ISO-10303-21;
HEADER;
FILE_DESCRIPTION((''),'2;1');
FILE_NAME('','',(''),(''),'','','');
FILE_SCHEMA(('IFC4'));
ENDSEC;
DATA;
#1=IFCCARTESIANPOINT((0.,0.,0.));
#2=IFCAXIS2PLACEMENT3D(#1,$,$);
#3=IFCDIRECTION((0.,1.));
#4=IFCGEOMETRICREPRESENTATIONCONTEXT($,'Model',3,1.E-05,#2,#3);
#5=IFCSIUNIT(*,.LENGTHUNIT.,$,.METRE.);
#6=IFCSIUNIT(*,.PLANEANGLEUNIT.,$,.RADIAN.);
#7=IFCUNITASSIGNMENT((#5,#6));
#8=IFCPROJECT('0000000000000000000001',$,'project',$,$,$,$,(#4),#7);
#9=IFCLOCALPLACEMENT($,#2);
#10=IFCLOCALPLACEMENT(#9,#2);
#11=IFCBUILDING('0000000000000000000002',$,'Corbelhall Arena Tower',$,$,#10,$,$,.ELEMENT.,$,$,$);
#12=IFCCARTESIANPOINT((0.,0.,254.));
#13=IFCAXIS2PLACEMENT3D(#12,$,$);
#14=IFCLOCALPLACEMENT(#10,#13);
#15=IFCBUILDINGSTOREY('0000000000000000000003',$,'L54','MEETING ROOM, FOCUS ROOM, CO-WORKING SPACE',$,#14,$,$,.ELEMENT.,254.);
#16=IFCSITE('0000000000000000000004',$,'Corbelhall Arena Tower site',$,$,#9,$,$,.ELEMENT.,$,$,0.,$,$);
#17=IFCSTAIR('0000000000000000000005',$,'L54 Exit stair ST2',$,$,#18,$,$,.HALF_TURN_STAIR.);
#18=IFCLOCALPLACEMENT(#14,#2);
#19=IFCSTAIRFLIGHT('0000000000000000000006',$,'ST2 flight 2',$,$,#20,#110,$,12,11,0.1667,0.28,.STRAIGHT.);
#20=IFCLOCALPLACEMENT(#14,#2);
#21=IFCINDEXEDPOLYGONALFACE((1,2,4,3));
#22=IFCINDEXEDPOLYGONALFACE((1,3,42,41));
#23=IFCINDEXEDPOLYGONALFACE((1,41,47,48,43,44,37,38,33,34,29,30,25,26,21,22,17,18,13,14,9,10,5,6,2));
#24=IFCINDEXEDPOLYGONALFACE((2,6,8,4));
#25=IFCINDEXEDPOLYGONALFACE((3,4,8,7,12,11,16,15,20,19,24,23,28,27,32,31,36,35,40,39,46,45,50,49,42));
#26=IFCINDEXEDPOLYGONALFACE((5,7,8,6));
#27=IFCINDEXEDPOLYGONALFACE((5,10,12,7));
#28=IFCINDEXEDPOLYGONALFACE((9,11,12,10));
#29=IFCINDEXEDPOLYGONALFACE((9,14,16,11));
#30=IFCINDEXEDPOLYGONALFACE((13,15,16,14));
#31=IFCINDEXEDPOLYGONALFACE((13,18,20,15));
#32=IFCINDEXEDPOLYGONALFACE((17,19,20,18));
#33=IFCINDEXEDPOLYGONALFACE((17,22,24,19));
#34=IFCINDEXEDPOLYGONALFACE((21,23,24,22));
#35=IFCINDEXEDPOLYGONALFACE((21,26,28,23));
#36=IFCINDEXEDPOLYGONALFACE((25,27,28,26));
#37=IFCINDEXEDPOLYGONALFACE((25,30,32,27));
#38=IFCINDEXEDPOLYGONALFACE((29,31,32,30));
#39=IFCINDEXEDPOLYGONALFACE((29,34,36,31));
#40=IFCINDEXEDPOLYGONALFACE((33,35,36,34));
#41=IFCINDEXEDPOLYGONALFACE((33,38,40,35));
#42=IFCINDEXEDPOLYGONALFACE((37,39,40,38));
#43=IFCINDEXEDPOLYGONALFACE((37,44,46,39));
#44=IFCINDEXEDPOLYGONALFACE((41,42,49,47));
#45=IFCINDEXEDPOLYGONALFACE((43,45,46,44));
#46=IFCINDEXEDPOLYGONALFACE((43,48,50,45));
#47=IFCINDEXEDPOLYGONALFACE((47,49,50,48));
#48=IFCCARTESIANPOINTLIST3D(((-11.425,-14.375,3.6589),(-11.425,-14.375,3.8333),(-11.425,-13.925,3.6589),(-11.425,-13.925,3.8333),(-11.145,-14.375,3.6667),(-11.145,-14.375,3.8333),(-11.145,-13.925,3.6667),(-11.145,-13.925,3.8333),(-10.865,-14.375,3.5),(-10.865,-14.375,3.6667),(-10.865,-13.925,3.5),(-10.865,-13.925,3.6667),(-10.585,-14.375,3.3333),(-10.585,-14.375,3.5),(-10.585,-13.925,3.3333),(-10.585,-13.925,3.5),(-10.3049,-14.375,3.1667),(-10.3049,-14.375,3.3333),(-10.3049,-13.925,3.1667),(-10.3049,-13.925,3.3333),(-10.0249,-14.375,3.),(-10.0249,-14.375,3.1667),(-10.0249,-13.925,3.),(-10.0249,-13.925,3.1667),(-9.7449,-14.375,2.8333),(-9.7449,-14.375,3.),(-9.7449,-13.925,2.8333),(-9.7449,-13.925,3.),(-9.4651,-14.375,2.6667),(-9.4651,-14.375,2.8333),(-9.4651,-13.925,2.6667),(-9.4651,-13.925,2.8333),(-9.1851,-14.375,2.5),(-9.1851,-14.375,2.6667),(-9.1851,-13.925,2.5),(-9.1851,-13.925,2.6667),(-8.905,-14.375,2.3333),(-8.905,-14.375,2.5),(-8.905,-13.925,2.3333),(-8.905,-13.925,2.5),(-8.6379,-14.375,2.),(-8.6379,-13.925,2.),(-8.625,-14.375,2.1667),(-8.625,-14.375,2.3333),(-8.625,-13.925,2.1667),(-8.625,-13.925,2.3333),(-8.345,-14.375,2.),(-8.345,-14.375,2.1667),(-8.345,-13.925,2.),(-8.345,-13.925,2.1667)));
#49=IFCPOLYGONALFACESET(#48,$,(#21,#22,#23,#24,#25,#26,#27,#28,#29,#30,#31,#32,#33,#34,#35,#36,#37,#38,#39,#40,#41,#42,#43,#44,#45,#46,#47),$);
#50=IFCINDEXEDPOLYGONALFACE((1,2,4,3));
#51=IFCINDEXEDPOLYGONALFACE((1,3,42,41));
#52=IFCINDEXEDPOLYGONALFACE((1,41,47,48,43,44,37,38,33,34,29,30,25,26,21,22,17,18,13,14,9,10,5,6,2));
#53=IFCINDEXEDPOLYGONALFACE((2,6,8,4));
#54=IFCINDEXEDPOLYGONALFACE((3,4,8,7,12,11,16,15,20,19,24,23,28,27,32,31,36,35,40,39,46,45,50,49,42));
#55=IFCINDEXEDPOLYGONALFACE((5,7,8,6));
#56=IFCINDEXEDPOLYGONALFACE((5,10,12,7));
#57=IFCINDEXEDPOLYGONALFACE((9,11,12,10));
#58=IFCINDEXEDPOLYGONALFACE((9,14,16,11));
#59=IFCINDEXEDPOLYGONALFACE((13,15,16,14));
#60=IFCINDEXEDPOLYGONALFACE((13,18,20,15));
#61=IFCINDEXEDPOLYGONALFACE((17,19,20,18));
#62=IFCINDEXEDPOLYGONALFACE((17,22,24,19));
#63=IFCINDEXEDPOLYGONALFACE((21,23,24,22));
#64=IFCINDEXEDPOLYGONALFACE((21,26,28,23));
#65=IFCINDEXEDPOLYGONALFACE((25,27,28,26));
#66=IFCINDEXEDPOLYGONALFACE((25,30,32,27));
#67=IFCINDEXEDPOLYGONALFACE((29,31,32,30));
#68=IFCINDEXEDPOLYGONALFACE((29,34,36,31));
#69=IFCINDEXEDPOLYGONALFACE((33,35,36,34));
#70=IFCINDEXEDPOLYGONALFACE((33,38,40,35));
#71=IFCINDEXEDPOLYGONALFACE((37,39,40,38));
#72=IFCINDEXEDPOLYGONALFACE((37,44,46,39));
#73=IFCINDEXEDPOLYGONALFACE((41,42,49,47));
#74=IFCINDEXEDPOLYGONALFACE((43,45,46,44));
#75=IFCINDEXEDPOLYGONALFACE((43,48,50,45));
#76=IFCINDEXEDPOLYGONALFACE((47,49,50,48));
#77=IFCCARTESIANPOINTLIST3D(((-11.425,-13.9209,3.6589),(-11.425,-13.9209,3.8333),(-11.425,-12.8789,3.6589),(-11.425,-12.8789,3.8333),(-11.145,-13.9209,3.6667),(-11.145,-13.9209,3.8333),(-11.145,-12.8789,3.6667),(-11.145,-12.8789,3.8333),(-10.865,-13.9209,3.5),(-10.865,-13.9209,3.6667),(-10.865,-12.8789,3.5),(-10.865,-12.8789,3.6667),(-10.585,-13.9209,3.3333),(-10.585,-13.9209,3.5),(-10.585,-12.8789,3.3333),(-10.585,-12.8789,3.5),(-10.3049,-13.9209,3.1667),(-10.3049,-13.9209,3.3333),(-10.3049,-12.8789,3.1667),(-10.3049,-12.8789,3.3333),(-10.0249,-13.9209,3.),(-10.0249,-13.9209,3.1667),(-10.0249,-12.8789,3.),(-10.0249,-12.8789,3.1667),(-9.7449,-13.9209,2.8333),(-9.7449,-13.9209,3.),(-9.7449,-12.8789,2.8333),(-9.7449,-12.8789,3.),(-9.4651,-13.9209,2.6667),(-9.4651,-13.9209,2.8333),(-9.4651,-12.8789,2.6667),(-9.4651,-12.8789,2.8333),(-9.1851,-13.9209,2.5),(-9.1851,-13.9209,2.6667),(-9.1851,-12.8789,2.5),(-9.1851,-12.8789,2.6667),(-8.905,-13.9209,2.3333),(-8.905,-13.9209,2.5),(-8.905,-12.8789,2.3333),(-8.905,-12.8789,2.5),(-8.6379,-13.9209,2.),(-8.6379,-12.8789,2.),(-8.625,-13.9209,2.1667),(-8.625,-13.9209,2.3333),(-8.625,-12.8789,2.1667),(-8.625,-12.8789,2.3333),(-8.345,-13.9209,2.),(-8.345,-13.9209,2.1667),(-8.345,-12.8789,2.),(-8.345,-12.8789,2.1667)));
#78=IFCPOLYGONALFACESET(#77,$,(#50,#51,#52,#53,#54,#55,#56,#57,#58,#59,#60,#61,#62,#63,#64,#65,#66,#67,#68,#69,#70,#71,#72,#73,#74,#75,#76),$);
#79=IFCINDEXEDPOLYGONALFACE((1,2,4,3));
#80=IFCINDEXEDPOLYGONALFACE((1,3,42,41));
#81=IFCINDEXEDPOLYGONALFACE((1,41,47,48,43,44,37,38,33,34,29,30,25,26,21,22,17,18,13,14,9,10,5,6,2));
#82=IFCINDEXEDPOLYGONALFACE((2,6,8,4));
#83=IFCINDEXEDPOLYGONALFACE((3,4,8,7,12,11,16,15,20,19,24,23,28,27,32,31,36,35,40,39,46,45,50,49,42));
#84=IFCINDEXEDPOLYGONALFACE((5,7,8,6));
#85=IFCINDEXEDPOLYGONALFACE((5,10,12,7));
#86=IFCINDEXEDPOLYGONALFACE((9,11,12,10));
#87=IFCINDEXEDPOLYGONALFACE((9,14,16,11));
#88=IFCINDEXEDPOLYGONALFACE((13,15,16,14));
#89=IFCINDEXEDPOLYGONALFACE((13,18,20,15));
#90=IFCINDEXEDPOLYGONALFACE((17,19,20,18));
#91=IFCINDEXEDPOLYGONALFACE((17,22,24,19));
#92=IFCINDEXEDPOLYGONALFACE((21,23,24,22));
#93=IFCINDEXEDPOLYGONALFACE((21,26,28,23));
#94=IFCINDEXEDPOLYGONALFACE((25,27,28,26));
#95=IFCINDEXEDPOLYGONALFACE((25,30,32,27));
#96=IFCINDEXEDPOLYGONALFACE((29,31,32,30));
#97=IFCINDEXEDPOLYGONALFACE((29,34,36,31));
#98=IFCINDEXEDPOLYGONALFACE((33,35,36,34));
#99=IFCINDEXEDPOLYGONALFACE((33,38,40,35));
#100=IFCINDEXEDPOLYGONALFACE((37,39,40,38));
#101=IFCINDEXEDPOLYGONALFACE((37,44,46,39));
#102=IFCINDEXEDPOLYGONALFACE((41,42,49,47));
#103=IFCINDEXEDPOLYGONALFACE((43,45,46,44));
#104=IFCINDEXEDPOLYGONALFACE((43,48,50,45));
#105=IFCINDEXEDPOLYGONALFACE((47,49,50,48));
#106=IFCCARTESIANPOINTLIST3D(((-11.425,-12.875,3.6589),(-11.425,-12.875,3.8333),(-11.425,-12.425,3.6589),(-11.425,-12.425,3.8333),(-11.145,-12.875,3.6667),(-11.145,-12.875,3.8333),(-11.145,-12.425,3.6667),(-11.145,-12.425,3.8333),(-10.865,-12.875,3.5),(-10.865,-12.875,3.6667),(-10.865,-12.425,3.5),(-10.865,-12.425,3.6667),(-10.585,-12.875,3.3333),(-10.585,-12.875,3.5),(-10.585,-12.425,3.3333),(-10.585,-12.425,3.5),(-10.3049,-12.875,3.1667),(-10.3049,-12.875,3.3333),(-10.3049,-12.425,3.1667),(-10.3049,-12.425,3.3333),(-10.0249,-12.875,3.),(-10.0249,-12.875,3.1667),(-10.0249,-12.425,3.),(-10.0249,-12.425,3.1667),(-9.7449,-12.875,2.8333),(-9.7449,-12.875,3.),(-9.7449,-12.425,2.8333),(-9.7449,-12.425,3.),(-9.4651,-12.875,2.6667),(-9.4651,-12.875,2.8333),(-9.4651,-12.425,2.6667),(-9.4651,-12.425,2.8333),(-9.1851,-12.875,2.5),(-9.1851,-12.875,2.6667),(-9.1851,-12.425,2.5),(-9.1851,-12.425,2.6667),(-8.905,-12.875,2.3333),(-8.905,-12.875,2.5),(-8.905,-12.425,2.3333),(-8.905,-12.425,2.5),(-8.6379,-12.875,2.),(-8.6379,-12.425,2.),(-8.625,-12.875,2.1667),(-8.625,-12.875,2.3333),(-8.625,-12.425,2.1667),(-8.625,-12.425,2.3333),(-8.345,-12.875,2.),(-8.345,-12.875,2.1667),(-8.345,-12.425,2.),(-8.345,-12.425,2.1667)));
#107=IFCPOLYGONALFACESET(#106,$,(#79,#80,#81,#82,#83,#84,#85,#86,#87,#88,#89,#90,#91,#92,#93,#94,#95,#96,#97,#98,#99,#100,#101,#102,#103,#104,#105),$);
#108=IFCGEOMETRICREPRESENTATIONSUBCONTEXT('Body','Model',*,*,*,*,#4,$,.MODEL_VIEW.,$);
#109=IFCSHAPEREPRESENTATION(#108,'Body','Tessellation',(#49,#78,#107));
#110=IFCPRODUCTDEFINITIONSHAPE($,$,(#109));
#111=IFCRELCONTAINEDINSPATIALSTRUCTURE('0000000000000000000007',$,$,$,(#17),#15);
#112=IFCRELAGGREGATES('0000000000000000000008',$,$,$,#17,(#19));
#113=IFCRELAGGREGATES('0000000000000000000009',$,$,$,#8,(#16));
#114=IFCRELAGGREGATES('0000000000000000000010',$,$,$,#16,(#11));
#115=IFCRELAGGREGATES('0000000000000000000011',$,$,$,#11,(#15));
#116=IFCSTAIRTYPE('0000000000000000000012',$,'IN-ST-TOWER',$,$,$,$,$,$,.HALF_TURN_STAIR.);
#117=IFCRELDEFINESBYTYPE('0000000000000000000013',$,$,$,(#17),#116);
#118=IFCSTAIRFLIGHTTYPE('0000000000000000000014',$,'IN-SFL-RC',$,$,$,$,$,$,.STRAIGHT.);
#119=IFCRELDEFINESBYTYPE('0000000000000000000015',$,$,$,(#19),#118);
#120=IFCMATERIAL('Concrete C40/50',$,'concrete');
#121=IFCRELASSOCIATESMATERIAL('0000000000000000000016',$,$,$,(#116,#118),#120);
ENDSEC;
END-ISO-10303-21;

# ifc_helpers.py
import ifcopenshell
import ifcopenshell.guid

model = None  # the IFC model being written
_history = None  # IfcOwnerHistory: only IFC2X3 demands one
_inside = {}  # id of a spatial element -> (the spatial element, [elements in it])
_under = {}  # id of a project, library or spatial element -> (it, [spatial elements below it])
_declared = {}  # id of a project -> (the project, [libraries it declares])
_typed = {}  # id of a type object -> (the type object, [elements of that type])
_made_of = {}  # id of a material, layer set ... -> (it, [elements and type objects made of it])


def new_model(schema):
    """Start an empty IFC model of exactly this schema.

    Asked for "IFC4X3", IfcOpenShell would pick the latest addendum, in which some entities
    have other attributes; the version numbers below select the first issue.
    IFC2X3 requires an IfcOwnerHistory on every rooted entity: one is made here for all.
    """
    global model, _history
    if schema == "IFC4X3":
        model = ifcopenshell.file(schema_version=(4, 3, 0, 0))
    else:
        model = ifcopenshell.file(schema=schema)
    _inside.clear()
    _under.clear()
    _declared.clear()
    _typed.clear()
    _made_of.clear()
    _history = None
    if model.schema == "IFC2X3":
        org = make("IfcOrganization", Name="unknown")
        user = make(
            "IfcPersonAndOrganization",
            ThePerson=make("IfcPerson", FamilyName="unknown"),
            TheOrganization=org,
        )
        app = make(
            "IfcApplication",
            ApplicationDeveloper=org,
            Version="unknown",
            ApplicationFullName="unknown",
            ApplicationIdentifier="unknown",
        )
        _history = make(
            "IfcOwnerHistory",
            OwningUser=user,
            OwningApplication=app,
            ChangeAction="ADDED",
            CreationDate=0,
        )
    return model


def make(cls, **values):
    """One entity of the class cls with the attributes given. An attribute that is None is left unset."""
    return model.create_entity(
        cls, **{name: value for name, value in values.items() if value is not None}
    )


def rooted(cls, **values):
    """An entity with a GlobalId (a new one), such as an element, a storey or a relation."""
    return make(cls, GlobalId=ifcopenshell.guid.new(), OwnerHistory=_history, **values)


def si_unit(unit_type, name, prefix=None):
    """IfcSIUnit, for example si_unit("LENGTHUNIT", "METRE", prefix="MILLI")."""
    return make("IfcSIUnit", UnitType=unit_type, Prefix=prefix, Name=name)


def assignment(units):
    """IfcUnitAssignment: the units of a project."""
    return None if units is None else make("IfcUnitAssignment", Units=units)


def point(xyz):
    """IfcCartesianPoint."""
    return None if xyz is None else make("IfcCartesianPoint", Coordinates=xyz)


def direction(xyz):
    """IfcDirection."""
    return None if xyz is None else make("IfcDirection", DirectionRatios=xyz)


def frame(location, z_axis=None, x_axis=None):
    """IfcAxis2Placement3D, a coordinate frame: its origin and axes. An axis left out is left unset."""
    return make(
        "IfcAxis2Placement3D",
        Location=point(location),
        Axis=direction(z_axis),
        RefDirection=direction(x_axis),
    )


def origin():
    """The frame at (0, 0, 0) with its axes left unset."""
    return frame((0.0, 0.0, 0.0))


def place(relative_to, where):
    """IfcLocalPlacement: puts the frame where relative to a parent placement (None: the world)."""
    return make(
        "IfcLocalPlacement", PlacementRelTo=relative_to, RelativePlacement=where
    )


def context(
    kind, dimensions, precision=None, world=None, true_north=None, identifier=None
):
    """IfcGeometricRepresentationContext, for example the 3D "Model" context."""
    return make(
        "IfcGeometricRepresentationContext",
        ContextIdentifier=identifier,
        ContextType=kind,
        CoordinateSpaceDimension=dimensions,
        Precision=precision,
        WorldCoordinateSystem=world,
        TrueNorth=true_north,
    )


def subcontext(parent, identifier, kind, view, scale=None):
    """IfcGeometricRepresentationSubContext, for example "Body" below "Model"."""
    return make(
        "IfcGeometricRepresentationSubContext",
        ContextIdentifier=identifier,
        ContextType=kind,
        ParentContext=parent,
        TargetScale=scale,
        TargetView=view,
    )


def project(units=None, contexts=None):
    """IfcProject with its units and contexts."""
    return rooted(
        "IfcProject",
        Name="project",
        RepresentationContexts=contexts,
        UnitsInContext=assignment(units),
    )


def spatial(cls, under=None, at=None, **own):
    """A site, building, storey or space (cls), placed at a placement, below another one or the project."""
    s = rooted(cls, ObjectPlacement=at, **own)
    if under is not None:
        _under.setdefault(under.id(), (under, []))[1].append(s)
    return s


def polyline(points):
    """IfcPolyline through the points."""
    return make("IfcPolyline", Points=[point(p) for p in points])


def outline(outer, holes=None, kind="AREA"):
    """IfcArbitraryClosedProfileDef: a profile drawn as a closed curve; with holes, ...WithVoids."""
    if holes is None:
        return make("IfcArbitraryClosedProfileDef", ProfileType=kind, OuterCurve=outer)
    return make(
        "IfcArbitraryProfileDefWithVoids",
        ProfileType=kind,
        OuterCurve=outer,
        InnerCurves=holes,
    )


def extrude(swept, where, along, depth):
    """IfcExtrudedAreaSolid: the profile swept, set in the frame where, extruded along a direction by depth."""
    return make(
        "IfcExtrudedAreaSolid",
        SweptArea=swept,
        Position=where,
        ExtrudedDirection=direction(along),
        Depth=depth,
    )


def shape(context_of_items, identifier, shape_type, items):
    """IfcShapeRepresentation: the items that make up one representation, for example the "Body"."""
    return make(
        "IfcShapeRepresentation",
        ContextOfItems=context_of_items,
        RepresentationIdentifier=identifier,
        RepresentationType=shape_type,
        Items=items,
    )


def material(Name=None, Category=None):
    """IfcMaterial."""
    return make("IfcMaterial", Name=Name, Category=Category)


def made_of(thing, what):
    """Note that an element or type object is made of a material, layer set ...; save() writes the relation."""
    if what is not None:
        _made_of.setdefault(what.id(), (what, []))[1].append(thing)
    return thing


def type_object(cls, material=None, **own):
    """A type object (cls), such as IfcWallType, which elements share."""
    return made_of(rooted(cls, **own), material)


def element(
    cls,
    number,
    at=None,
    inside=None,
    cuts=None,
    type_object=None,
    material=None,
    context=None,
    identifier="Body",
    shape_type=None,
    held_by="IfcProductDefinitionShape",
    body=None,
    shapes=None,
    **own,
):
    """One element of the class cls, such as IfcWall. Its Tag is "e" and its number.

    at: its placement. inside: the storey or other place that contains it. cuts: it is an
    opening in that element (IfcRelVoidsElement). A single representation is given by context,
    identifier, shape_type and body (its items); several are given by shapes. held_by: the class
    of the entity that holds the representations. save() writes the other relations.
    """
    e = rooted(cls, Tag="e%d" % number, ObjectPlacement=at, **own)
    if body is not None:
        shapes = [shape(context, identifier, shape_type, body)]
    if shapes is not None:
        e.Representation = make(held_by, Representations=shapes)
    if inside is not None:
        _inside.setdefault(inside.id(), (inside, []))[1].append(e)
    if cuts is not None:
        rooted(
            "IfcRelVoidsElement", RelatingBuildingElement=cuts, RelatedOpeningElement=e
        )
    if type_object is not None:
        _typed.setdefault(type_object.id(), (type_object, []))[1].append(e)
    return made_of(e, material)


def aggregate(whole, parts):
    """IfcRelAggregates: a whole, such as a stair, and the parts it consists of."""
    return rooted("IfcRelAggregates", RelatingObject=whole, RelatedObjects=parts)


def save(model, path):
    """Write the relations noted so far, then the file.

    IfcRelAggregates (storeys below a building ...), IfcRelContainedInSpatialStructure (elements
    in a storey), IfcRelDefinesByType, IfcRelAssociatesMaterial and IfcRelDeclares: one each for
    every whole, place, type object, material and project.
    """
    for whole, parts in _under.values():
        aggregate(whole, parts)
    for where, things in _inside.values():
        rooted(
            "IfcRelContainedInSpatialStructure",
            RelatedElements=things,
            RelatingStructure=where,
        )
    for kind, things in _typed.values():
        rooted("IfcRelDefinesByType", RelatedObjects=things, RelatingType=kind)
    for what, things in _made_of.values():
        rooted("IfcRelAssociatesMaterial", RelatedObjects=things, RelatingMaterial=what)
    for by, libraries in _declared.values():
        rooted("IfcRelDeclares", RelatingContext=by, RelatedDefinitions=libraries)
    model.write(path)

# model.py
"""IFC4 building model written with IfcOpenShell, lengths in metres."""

from ifc_helpers import new_model, si_unit, direction, frame, origin, place, context, subcontext, project, spatial, polyline, outline, extrude, material, type_object, element, aggregate, save


model = new_model("IFC4")

# Units and contexts
model_context = context("Model", 3, precision=1e-05, world=origin(), true_north=direction((0.0, 1.0)))
body_context = subcontext(model_context, "Body", "Model", "MODEL_VIEW")
ifc_project = project(units=[si_unit("LENGTHUNIT", "METRE"), si_unit("PLANEANGLEUNIT", "RADIAN")], contexts=[model_context])

# Site, building, storey
site_placement = place(None, origin())
site = spatial("IfcSite", under=ifc_project, at=site_placement, Name="Corbelhall Arena Tower site", CompositionType="ELEMENT", RefElevation=0.0)
building_placement = place(site_placement, origin())
building = spatial("IfcBuilding", under=site, at=building_placement, Name="Corbelhall Arena Tower", CompositionType="ELEMENT")
storey_placement = place(building_placement, frame((0.0, 0.0, 254.0)))
storey = spatial("IfcBuildingStorey", under=building, at=storey_placement, Name="L54", Description="MEETING ROOM, FOCUS ROOM, CO-WORKING SPACE", CompositionType="ELEMENT", Elevation=254.0)

# Shared definitions
ifc_material_1 = material(Name="Concrete C40/50", Category="concrete")

# Stair, stair flight
stair_type = type_object("IfcStairType", Name="IN-ST-TOWER", PredefinedType="HALF_TURN_STAIR", material=ifc_material_1)
stair_placement = place(storey_placement, origin())
stair = element("IfcStair", 1, at=stair_placement, inside=storey, type_object=stair_type, Name="L54 Exit stair ST2", PredefinedType="HALF_TURN_STAIR")
stair_flight_type = type_object("IfcStairFlightType", Name="IN-SFL-RC", PredefinedType="STRAIGHT", material=ifc_material_1)
stair_flight_1_placement = place(storey_placement, frame((-8.345, -13.3999, 2.0), z_axis=(0.0, 0.0, 1.0), x_axis=(-1.0, 0.0, 0.0)))
stair_flight_1 = element("IfcStairFlight", 2, at=stair_flight_1_placement, type_object=stair_flight_type, Name="ST2 flight 2", NumberOfRisers=12, NumberOfTreads=11, PredefinedType="STRAIGHT", RiserHeight=0.1667, TreadLength=0.28, context=body_context, shape_type="SweptSolid", body=[
    extrude(outline(polyline([(0.0, 0.0), (0.0, 0.1667), (0.28, 0.1667), (0.28, 0.3333), (0.5601, 0.3333), (0.5601, 0.5), (0.8401, 0.5), (0.8401, 0.6667), (1.1201, 0.6667), (1.1201, 0.8333), (1.3999, 0.8333), (1.3999, 1.0), (1.6799, 1.0), (1.6799, 1.1667), (1.96, 1.1667), (1.96, 1.3333), (2.24, 1.3333), (2.24, 1.5), (2.52, 1.5), (2.52, 1.6667), (2.8, 1.6667), (2.8, 1.8333), (3.0801, 1.8333), (3.0801, 2.0), (3.0801, 1.6589), (0.293, 0.0), (0.0, 0.0)])), frame((0.0, 0.9751, 0.0), z_axis=(0.0, -1.0, 0.0), x_axis=(1.0, 0.0, 0.0)), (0.0, 0.0, 1.0), 0.45),
    extrude(outline(polyline([(0.0, 0.0), (0.0, 0.1667), (0.28, 0.1667), (0.28, 0.3333), (0.5601, 0.3333), (0.5601, 0.5), (0.8401, 0.5), (0.8401, 0.6667), (1.1201, 0.6667), (1.1201, 0.8333), (1.3999, 0.8333), (1.3999, 1.0), (1.6799, 1.0), (1.6799, 1.1667), (1.96, 1.1667), (1.96, 1.3333), (2.24, 1.3333), (2.24, 1.5), (2.52, 1.5), (2.52, 1.6667), (2.8, 1.6667), (2.8, 1.8333), (3.0801, 1.8333), (3.0801, 2.0), (3.0801, 1.6589), (0.293, 0.0), (0.0, 0.0)])), frame((0.0, 0.521, 0.0), z_axis=(0.0, -1.0, 0.0), x_axis=(1.0, 0.0, 0.0)), (0.0, 0.0, 1.0), 1.042),
    extrude(outline(polyline([(0.0, 0.0), (0.0, 0.1667), (0.28, 0.1667), (0.28, 0.3333), (0.5601, 0.3333), (0.5601, 0.5), (0.8401, 0.5), (0.8401, 0.6667), (1.1201, 0.6667), (1.1201, 0.8333), (1.3999, 0.8333), (1.3999, 1.0), (1.6799, 1.0), (1.6799, 1.1667), (1.96, 1.1667), (1.96, 1.3333), (2.24, 1.3333), (2.24, 1.5), (2.52, 1.5), (2.52, 1.6667), (2.8, 1.6667), (2.8, 1.8333), (3.0801, 1.8333), (3.0801, 2.0), (3.0801, 1.6589), (0.293, 0.0), (0.0, 0.0)])), frame((0.0, -0.5249, 0.0), z_axis=(0.0, -1.0, 0.0), x_axis=(1.0, 0.0, 0.0)), (0.0, 0.0, 1.0), 0.45),
])
aggregate(stair, [stair_flight_1])

save(model, "model.ifc")
